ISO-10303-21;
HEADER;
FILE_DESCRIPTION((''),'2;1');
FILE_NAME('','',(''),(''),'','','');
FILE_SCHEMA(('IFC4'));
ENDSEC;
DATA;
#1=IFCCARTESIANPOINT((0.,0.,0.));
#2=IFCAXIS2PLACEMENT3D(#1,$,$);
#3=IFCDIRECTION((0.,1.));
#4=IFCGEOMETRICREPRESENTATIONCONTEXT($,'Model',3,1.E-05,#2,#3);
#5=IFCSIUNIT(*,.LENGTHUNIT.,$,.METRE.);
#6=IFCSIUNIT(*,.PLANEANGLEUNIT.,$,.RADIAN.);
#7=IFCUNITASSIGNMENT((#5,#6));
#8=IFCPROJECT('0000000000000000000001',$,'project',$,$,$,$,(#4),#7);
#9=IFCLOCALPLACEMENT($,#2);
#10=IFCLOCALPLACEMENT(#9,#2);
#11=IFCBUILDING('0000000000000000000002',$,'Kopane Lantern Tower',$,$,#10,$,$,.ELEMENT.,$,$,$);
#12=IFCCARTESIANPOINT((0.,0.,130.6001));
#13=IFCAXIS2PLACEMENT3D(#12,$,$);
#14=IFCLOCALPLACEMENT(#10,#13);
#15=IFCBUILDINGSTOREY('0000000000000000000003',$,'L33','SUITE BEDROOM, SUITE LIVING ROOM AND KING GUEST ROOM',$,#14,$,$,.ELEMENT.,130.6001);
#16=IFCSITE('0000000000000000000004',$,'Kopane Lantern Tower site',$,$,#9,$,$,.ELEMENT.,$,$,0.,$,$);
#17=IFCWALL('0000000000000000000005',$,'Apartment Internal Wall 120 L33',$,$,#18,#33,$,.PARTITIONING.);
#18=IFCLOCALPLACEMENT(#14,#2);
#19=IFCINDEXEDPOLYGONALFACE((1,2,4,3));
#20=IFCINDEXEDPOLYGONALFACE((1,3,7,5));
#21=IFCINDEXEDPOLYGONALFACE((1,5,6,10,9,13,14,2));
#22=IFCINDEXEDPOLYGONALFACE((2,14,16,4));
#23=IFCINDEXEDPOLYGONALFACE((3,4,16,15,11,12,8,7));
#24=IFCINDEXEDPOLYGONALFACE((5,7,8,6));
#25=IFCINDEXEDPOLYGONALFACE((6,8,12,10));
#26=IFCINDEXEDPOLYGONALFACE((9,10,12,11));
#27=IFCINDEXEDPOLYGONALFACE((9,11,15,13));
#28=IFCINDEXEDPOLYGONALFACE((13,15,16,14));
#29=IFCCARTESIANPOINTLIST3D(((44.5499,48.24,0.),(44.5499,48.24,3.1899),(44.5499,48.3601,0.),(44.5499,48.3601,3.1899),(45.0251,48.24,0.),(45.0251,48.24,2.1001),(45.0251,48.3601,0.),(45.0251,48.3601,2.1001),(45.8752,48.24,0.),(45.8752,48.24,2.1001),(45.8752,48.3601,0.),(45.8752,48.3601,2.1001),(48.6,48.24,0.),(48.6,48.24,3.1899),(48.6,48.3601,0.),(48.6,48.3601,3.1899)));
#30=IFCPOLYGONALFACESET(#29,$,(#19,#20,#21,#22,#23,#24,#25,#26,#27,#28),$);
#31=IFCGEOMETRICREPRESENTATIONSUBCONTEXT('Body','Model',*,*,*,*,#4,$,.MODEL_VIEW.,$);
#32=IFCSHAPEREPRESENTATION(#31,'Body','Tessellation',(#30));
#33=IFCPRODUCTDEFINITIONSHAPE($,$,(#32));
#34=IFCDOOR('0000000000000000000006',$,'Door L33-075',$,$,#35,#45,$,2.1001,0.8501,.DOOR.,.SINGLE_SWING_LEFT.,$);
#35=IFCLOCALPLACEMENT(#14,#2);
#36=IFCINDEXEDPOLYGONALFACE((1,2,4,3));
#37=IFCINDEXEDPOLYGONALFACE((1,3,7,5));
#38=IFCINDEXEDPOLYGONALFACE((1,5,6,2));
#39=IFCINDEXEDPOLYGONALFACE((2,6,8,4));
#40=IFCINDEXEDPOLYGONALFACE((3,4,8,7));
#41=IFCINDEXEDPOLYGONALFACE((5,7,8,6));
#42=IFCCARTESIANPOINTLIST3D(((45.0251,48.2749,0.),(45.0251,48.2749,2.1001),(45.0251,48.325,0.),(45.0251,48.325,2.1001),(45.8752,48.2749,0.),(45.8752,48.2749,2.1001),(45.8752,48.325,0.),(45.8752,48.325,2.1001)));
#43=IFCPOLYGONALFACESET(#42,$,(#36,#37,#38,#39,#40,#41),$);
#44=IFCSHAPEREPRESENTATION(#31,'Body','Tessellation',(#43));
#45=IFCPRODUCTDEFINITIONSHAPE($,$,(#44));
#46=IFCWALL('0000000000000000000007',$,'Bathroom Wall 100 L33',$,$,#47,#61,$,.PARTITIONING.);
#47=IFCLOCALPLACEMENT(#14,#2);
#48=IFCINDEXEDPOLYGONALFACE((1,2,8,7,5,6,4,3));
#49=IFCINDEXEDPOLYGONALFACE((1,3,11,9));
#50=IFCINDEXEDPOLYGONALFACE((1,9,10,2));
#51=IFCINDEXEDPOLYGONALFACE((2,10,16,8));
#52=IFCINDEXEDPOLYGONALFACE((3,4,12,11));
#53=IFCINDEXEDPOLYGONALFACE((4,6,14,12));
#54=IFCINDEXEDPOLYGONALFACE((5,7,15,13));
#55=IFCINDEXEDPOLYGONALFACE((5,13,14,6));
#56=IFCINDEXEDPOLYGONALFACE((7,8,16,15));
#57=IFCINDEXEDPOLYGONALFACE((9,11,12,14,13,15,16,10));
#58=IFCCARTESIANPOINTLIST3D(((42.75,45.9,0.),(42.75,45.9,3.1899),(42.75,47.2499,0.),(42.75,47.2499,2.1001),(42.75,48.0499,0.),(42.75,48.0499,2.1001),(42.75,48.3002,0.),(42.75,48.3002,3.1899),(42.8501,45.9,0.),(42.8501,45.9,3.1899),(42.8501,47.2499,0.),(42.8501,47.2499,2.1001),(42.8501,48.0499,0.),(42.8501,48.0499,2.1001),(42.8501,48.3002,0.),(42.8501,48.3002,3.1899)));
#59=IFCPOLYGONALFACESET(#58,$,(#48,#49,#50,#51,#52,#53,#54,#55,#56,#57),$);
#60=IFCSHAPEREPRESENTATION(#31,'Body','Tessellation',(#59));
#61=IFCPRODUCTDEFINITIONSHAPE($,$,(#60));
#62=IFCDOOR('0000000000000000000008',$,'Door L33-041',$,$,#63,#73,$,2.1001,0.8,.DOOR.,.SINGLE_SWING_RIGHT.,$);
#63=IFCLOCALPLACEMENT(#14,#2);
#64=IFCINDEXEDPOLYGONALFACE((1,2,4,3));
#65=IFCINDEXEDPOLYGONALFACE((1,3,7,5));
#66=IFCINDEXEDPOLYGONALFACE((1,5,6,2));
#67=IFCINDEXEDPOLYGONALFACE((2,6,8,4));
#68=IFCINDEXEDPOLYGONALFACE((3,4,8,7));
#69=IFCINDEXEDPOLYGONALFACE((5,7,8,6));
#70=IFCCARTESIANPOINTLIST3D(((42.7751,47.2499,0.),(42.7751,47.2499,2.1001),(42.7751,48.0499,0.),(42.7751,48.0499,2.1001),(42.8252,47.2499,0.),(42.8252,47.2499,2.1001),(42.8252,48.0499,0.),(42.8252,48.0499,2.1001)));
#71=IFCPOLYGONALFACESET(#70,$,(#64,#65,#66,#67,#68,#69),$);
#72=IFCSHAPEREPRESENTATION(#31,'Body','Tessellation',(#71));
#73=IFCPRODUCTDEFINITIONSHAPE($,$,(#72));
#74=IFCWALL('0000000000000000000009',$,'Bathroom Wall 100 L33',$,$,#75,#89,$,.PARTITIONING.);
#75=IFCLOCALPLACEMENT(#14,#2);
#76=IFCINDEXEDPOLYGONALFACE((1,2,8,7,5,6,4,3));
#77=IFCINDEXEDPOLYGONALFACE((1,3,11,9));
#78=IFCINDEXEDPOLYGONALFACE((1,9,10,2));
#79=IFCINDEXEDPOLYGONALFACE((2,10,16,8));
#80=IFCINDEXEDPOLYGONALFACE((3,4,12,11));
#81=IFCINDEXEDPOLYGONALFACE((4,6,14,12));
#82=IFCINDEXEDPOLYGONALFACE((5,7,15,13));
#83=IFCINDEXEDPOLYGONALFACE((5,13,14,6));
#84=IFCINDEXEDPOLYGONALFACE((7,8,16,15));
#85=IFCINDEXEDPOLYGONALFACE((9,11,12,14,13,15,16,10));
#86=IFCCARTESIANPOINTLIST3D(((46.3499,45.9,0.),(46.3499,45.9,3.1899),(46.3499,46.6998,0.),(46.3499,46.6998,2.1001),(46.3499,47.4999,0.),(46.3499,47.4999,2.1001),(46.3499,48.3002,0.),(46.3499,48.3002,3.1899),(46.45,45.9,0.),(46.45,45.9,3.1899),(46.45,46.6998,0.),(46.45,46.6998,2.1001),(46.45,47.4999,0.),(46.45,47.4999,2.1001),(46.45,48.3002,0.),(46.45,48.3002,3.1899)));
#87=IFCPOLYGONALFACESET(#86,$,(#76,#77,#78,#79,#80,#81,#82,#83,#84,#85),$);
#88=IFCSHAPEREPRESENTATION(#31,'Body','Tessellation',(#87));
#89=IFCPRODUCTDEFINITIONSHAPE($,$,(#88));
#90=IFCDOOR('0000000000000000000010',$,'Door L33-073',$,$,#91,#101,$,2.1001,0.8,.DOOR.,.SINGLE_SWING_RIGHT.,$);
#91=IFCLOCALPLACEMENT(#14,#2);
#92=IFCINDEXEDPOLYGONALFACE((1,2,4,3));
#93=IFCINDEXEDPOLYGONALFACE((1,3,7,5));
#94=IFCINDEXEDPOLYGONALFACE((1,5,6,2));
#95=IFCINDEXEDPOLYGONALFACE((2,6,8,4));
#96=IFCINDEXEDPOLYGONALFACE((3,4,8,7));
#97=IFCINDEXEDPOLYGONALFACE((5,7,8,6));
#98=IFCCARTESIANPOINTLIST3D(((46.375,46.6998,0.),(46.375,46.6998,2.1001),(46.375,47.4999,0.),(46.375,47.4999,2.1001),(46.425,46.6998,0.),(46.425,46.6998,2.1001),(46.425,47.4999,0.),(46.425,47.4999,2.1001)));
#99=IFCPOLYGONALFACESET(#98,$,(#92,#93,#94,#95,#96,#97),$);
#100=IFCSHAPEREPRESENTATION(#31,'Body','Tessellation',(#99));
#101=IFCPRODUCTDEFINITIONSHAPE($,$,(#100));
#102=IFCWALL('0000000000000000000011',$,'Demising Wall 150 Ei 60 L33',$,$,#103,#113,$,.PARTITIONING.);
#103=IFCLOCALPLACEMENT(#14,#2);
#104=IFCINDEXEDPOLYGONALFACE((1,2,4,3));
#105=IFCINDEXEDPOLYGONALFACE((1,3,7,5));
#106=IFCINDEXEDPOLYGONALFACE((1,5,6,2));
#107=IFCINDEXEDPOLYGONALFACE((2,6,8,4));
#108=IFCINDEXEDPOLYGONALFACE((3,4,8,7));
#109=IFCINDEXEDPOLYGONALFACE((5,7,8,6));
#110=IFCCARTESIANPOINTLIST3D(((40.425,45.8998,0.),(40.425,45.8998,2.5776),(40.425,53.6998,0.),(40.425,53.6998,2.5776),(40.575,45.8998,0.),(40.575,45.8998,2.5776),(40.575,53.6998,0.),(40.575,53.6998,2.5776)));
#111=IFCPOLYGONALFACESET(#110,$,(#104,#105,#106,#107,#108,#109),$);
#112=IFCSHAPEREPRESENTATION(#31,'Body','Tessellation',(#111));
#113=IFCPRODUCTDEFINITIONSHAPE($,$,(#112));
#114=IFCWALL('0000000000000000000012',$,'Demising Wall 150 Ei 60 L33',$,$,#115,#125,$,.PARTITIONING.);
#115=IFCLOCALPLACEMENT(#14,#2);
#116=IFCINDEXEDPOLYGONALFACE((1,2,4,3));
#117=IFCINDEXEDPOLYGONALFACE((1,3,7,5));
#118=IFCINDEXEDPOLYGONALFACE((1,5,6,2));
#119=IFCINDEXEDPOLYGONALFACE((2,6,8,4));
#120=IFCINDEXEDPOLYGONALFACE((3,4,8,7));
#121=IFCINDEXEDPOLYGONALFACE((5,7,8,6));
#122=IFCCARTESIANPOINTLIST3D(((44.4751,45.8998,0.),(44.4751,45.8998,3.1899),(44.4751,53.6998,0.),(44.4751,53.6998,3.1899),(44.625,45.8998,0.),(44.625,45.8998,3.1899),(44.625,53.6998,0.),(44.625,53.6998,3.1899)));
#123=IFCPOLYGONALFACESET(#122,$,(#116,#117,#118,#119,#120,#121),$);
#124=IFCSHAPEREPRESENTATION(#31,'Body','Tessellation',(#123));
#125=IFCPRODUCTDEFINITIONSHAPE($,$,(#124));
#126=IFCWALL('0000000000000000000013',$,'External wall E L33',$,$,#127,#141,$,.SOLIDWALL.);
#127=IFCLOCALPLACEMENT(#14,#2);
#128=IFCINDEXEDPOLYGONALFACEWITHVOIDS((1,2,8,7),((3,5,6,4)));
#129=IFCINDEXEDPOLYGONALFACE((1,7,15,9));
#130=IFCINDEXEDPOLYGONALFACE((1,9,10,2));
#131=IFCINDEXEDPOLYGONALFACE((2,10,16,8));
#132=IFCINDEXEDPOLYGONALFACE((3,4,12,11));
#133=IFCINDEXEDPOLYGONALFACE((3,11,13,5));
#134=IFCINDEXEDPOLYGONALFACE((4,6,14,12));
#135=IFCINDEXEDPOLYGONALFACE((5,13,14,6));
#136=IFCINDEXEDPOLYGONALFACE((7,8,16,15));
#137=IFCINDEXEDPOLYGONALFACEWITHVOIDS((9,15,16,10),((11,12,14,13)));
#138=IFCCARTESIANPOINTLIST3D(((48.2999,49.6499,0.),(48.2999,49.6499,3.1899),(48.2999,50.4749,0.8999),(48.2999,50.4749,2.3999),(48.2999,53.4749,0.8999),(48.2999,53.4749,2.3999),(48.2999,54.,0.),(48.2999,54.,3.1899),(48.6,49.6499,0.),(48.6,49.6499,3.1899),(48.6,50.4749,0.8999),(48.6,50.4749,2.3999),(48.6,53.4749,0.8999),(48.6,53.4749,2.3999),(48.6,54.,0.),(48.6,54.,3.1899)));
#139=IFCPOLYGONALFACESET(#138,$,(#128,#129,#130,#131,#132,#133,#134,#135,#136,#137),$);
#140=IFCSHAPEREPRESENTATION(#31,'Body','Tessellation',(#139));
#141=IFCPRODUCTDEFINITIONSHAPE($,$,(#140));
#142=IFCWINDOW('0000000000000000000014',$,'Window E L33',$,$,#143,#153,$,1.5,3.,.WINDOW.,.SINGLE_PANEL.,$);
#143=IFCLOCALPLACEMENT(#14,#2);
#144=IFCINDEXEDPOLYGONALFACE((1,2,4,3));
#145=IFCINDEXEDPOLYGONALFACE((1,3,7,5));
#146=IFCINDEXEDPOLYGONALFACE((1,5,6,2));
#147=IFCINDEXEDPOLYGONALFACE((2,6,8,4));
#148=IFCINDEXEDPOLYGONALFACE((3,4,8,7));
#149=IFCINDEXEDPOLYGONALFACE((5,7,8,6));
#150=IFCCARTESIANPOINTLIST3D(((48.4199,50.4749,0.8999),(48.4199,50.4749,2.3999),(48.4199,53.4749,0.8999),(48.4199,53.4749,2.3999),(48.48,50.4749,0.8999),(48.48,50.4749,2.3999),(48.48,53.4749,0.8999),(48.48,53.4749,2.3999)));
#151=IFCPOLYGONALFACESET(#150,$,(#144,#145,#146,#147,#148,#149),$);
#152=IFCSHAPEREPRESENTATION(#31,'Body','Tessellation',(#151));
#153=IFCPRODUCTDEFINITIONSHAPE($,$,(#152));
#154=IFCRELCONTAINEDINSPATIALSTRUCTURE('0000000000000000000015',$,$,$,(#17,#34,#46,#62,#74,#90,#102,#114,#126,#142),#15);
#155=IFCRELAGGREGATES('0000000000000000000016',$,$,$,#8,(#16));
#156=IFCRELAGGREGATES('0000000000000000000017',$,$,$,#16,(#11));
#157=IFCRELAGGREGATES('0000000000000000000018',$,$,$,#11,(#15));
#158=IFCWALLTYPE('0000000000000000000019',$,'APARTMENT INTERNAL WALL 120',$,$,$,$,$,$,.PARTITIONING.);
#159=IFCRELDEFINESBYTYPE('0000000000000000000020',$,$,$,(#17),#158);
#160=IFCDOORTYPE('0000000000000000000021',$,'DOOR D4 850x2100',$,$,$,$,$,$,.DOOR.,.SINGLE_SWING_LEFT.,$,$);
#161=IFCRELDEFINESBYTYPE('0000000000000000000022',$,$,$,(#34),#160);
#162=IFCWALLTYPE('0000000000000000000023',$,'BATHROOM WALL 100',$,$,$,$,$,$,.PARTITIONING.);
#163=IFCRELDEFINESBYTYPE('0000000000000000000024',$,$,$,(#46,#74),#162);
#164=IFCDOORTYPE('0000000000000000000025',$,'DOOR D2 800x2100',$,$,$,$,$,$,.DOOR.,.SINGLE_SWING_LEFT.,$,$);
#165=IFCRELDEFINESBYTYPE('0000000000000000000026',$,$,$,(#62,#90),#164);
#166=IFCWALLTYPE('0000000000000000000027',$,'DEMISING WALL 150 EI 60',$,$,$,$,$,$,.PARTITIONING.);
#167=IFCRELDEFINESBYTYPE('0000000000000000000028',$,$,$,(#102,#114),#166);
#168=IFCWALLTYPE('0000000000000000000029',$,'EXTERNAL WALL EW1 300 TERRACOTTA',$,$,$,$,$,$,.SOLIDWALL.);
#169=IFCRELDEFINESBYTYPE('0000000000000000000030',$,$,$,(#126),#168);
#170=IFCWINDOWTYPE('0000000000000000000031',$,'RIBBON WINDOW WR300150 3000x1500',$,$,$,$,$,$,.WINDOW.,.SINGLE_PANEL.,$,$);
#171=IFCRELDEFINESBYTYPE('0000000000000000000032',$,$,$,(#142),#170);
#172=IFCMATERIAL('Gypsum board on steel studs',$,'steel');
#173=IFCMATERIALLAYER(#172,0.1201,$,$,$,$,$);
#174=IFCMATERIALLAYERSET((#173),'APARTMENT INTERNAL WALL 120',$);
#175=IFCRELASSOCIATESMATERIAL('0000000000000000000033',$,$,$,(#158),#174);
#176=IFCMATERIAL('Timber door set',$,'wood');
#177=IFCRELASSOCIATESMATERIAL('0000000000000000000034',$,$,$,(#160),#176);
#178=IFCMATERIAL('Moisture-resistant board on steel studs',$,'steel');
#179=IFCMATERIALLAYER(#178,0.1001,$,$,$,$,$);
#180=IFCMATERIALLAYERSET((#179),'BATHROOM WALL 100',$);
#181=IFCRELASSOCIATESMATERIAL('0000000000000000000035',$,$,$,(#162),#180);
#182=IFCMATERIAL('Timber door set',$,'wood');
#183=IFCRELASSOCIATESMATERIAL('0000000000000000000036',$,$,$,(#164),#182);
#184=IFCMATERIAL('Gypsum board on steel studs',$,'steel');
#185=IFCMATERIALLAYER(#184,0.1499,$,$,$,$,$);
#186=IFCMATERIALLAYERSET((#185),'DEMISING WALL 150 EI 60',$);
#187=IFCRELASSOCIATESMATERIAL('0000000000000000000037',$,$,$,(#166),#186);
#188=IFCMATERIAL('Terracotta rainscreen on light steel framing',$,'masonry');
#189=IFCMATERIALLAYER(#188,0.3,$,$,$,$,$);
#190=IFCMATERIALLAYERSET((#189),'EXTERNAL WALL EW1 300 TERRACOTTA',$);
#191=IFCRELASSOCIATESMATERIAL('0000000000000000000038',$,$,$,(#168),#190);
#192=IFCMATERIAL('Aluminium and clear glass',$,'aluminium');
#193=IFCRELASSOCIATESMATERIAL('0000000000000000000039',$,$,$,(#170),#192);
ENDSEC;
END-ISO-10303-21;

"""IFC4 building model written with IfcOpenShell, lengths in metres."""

from ifc_helpers import new_model, si_unit, direction, frame, frame_2d, origin, place, context, subcontext, project, spatial, rectangle, extrude, material, layer, layer_set, type_object, element, fill, save


model = new_model("IFC4")

# Units and contexts
model_context = context("Model", 3, precision=1e-05, world=origin(), true_north=direction((0.0, 1.0)))
body_context = subcontext(model_context, "Body", "Model", "MODEL_VIEW")
ifc_project = project(units=[si_unit("LENGTHUNIT", "METRE"), si_unit("PLANEANGLEUNIT", "RADIAN")], contexts=[model_context])

# Site, building, storey
site_placement = place(None, origin())
site = spatial("IfcSite", under=ifc_project, at=site_placement, Name="Kopane Lantern Tower site", CompositionType="ELEMENT", RefElevation=0.0)
building_placement = place(site_placement, origin())
building = spatial("IfcBuilding", under=site, at=building_placement, Name="Kopane Lantern Tower", CompositionType="ELEMENT")
storey_placement = place(building_placement, frame((0.0, 0.0, 130.6001)))
storey = spatial("IfcBuildingStorey", under=building, at=storey_placement, Name="L33", Description="SUITE BEDROOM, SUITE LIVING ROOM AND KING GUEST ROOM", CompositionType="ELEMENT", Elevation=130.6001)

# Walls, openings, doors
ifc_material_1 = material(Name="Gypsum board on steel studs", Category="steel")
ifc_layer_1 = layer(ifc_material_1, 0.1201)
ifc_layer_set_1 = layer_set([ifc_layer_1], Name="APARTMENT INTERNAL WALL 120")
wall_type_1 = type_object("IfcWallType", Name="APARTMENT INTERNAL WALL 120", PredefinedType="PARTITIONING", material=ifc_layer_set_1)
wall_1_placement = place(storey_placement, frame((44.55, 48.3, 0.0), z_axis=(0.0, 0.0, 1.0), x_axis=(1.0, 0.0, 0.0)))
wall_1 = element("IfcWall", 1, at=wall_1_placement, inside=storey, type_object=wall_type_1, Name="Apartment Internal Wall 120 L33", PredefinedType="PARTITIONING", context=body_context, shape_type="SweptSolid", body=[
    extrude(rectangle(XDim=4.05, YDim=0.1201, at=frame_2d((2.0249, 0.0))), origin(), (0.0, 0.0, 1.0), 3.1899),
])
opening_1_placement = place(wall_1_placement, frame((0.4751, 0.0, 0.0)))
opening_1 = element("IfcOpeningElement", 2, at=opening_1_placement, cuts=wall_1, PredefinedType="OPENING", context=body_context, shape_type="SweptSolid", body=[
    extrude(rectangle(XDim=0.8501, YDim=2.1001, at=frame_2d((0.425, 1.05))), frame((0.0, 0.0701, 0.0), z_axis=(0.0, -1.0, 0.0), x_axis=(1.0, 0.0, 0.0)), (0.0, 0.0, 1.0), 0.1401),
])
ifc_material_2 = material(Name="Timber door set", Category="wood")
door_type_1 = type_object("IfcDoorType", Name="DOOR D4 850x2100", OperationType="SINGLE_SWING_LEFT", PredefinedType="DOOR", material=ifc_material_2)
door_1_placement = place(opening_1_placement, origin())
door_1 = element("IfcDoor", 3, at=door_1_placement, inside=storey, type_object=door_type_1, Name="Door L33-075", OperationType="SINGLE_SWING_LEFT", OverallHeight=2.1001, OverallWidth=0.8501, PredefinedType="DOOR", context=body_context, shape_type="SweptSolid", body=[
    extrude(rectangle(XDim=0.8501, YDim=2.1001, at=frame_2d((0.425, 1.05))), frame((0.0, 0.0249, 0.0), z_axis=(0.0, -1.0, 0.0), x_axis=(1.0, 0.0, 0.0)), (0.0, 0.0, 1.0), 0.05),
])
fill(opening_1, door_1)
ifc_material_3 = material(Name="Moisture-resistant board on steel studs", Category="steel")
ifc_layer_2 = layer(ifc_material_3, 0.1001)
ifc_layer_set_2 = layer_set([ifc_layer_2], Name="BATHROOM WALL 100")
wall_type_2 = type_object("IfcWallType", Name="BATHROOM WALL 100", PredefinedType="PARTITIONING", material=ifc_layer_set_2)
wall_2_placement = place(storey_placement, frame((42.8, 45.8999, 0.0), z_axis=(0.0, 0.0, 1.0), x_axis=(0.0, 1.0, 0.0)))
wall_2 = element("IfcWall", 4, at=wall_2_placement, inside=storey, type_object=wall_type_2, Name="Bathroom Wall 100 L33", PredefinedType="PARTITIONING", context=body_context, shape_type="SweptSolid", body=[
    extrude(rectangle(XDim=2.4001, YDim=0.1001, at=frame_2d((1.2002, 0.0))), origin(), (0.0, 0.0, 1.0), 3.1899),
])
opening_2_placement = place(wall_2_placement, frame((1.3501, 0.0, 0.0)))
opening_2 = element("IfcOpeningElement", 5, at=opening_2_placement, cuts=wall_2, PredefinedType="OPENING", context=body_context, shape_type="SweptSolid", body=[
    extrude(rectangle(XDim=0.8, YDim=2.1001, at=frame_2d((0.3999, 1.05))), frame((0.0, 0.0601, 0.0), z_axis=(0.0, -1.0, 0.0), x_axis=(1.0, 0.0, 0.0)), (0.0, 0.0, 1.0), 0.1201),
])
ifc_material_4 = material(Name="Timber door set", Category="wood")
door_type_2 = type_object("IfcDoorType", Name="DOOR D2 800x2100", OperationType="SINGLE_SWING_LEFT", PredefinedType="DOOR", material=ifc_material_4)
door_2_placement = place(opening_2_placement, origin())
door_2 = element("IfcDoor", 6, at=door_2_placement, inside=storey, type_object=door_type_2, Name="Door L33-041", OperationType="SINGLE_SWING_RIGHT", OverallHeight=2.1001, OverallWidth=0.8, PredefinedType="DOOR", context=body_context, shape_type="SweptSolid", body=[
    extrude(rectangle(XDim=0.8, YDim=2.1001, at=frame_2d((0.3999, 1.05))), frame((0.0, 0.0249, 0.0), z_axis=(0.0, -1.0, 0.0), x_axis=(1.0, 0.0, 0.0)), (0.0, 0.0, 1.0), 0.05),
])
fill(opening_2, door_2)
wall_3_placement = place(storey_placement, frame((46.3999, 45.8999, 0.0), z_axis=(0.0, 0.0, 1.0), x_axis=(0.0, 1.0, 0.0)))
wall_3 = element("IfcWall", 7, at=wall_3_placement, inside=storey, type_object=wall_type_2, Name="Bathroom Wall 100 L33", PredefinedType="PARTITIONING", context=body_context, shape_type="SweptSolid", body=[
    extrude(rectangle(XDim=2.4001, YDim=0.1001, at=frame_2d((1.2002, 0.0))), origin(), (0.0, 0.0, 1.0), 3.1899),
])
opening_3_placement = place(wall_3_placement, frame((0.8, 0.0, 0.0)))
opening_3 = element("IfcOpeningElement", 8, at=opening_3_placement, cuts=wall_3, PredefinedType="OPENING", context=body_context, shape_type="SweptSolid", body=[
    extrude(rectangle(XDim=0.8, YDim=2.1001, at=frame_2d((0.3999, 1.05))), frame((0.0, 0.0601, 0.0), z_axis=(0.0, -1.0, 0.0), x_axis=(1.0, 0.0, 0.0)), (0.0, 0.0, 1.0), 0.1201),
])
door_3_placement = place(opening_3_placement, origin())
door_3 = element("IfcDoor", 9, at=door_3_placement, inside=storey, type_object=door_type_2, Name="Door L33-073", OperationType="SINGLE_SWING_RIGHT", OverallHeight=2.1001, OverallWidth=0.8, PredefinedType="DOOR", context=body_context, shape_type="SweptSolid", body=[
    extrude(rectangle(XDim=0.8, YDim=2.1001, at=frame_2d((0.3999, 1.05))), frame((0.0, 0.0249, 0.0), z_axis=(0.0, -1.0, 0.0), x_axis=(1.0, 0.0, 0.0)), (0.0, 0.0, 1.0), 0.05),
])
fill(opening_3, door_3)

# Walls
ifc_material_5 = material(Name="Gypsum board on steel studs", Category="steel")
ifc_layer_3 = layer(ifc_material_5, 0.1499)
ifc_layer_set_3 = layer_set([ifc_layer_3], Name="DEMISING WALL 150 EI 60")
wall_type_3 = type_object("IfcWallType", Name="DEMISING WALL 150 EI 60", PredefinedType="PARTITIONING", material=ifc_layer_set_3)
wall_4_placement = place(storey_placement, frame((40.5, 45.8999, 0.0), z_axis=(0.0, 0.0, 1.0), x_axis=(0.0, 1.0, 0.0)))
element("IfcWall", 10, at=wall_4_placement, inside=storey, type_object=wall_type_3, Name="Demising Wall 150 Ei 60 L33", PredefinedType="PARTITIONING", context=body_context, shape_type="SweptSolid", body=[
    extrude(rectangle(XDim=7.8, YDim=0.1499, at=frame_2d((3.8999, 0.0))), origin(), (0.0, 0.0, 1.0), 2.5776),
])
wall_5_placement = place(storey_placement, frame((44.55, 45.8999, 0.0), z_axis=(0.0, 0.0, 1.0), x_axis=(0.0, 1.0, 0.0)))
element("IfcWall", 11, at=wall_5_placement, inside=storey, type_object=wall_type_3, Name="Demising Wall 150 Ei 60 L33", PredefinedType="PARTITIONING", context=body_context, shape_type="SweptSolid", body=[
    extrude(rectangle(XDim=7.8, YDim=0.1499, at=frame_2d((3.8999, 0.0))), origin(), (0.0, 0.0, 1.0), 3.1899),
])

# Wall, opening, window
ifc_material_6 = material(Name="Terracotta rainscreen on light steel framing", Category="masonry")
ifc_layer_4 = layer(ifc_material_6, 0.3)
ifc_layer_set_4 = layer_set([ifc_layer_4], Name="EXTERNAL WALL EW1 300 TERRACOTTA")
wall_type_4 = type_object("IfcWallType", Name="EXTERNAL WALL EW1 300 TERRACOTTA", PredefinedType="SOLIDWALL", material=ifc_layer_set_4)
wall_6_placement = place(storey_placement, frame((48.45, 49.6499, 0.0), z_axis=(0.0, 0.0, 1.0), x_axis=(0.0, 1.0, 0.0)))
wall_6 = element("IfcWall", 12, at=wall_6_placement, inside=storey, type_object=wall_type_4, Name="External wall E L33", PredefinedType="SOLIDWALL", context=body_context, shape_type="SweptSolid", body=[
    extrude(rectangle(XDim=4.3501, YDim=0.3, at=frame_2d((2.175, 0.0))), origin(), (0.0, 0.0, 1.0), 3.1899),
])
opening_4_placement = place(wall_6_placement, frame((0.825, 0.0, 0.8999)))
opening_4 = element("IfcOpeningElement", 13, at=opening_4_placement, cuts=wall_6, PredefinedType="OPENING", context=body_context, shape_type="SweptSolid", body=[
    extrude(rectangle(XDim=3.0, YDim=1.5, at=frame_2d((1.5, 0.75))), frame((0.0, 0.1599, 0.0), z_axis=(0.0, -1.0, 0.0), x_axis=(1.0, 0.0, 0.0)), (0.0, 0.0, 1.0), 0.3201),
])
ifc_material_7 = material(Name="Aluminium and clear glass", Category="aluminium")
window_type_1 = type_object("IfcWindowType", Name="RIBBON WINDOW WR300150 3000x1500", PartitioningType="SINGLE_PANEL", PredefinedType="WINDOW", material=ifc_material_7)
window_1_placement = place(opening_4_placement, origin())
window_1 = element("IfcWindow", 14, at=window_1_placement, inside=storey, type_object=window_type_1, Name="Window E L33", OverallHeight=1.5, OverallWidth=3.0, PartitioningType="SINGLE_PANEL", PredefinedType="WINDOW", context=body_context, shape_type="SweptSolid", body=[
    extrude(rectangle(XDim=3.0, YDim=1.5, at=frame_2d((1.5, 0.75))), frame((0.0, 0.03, 0.0), z_axis=(0.0, -1.0, 0.0), x_axis=(1.0, 0.0, 0.0)), (0.0, 0.0, 1.0), 0.0601),
])
fill(opening_4, window_1)

save(model, "model.ifc")
